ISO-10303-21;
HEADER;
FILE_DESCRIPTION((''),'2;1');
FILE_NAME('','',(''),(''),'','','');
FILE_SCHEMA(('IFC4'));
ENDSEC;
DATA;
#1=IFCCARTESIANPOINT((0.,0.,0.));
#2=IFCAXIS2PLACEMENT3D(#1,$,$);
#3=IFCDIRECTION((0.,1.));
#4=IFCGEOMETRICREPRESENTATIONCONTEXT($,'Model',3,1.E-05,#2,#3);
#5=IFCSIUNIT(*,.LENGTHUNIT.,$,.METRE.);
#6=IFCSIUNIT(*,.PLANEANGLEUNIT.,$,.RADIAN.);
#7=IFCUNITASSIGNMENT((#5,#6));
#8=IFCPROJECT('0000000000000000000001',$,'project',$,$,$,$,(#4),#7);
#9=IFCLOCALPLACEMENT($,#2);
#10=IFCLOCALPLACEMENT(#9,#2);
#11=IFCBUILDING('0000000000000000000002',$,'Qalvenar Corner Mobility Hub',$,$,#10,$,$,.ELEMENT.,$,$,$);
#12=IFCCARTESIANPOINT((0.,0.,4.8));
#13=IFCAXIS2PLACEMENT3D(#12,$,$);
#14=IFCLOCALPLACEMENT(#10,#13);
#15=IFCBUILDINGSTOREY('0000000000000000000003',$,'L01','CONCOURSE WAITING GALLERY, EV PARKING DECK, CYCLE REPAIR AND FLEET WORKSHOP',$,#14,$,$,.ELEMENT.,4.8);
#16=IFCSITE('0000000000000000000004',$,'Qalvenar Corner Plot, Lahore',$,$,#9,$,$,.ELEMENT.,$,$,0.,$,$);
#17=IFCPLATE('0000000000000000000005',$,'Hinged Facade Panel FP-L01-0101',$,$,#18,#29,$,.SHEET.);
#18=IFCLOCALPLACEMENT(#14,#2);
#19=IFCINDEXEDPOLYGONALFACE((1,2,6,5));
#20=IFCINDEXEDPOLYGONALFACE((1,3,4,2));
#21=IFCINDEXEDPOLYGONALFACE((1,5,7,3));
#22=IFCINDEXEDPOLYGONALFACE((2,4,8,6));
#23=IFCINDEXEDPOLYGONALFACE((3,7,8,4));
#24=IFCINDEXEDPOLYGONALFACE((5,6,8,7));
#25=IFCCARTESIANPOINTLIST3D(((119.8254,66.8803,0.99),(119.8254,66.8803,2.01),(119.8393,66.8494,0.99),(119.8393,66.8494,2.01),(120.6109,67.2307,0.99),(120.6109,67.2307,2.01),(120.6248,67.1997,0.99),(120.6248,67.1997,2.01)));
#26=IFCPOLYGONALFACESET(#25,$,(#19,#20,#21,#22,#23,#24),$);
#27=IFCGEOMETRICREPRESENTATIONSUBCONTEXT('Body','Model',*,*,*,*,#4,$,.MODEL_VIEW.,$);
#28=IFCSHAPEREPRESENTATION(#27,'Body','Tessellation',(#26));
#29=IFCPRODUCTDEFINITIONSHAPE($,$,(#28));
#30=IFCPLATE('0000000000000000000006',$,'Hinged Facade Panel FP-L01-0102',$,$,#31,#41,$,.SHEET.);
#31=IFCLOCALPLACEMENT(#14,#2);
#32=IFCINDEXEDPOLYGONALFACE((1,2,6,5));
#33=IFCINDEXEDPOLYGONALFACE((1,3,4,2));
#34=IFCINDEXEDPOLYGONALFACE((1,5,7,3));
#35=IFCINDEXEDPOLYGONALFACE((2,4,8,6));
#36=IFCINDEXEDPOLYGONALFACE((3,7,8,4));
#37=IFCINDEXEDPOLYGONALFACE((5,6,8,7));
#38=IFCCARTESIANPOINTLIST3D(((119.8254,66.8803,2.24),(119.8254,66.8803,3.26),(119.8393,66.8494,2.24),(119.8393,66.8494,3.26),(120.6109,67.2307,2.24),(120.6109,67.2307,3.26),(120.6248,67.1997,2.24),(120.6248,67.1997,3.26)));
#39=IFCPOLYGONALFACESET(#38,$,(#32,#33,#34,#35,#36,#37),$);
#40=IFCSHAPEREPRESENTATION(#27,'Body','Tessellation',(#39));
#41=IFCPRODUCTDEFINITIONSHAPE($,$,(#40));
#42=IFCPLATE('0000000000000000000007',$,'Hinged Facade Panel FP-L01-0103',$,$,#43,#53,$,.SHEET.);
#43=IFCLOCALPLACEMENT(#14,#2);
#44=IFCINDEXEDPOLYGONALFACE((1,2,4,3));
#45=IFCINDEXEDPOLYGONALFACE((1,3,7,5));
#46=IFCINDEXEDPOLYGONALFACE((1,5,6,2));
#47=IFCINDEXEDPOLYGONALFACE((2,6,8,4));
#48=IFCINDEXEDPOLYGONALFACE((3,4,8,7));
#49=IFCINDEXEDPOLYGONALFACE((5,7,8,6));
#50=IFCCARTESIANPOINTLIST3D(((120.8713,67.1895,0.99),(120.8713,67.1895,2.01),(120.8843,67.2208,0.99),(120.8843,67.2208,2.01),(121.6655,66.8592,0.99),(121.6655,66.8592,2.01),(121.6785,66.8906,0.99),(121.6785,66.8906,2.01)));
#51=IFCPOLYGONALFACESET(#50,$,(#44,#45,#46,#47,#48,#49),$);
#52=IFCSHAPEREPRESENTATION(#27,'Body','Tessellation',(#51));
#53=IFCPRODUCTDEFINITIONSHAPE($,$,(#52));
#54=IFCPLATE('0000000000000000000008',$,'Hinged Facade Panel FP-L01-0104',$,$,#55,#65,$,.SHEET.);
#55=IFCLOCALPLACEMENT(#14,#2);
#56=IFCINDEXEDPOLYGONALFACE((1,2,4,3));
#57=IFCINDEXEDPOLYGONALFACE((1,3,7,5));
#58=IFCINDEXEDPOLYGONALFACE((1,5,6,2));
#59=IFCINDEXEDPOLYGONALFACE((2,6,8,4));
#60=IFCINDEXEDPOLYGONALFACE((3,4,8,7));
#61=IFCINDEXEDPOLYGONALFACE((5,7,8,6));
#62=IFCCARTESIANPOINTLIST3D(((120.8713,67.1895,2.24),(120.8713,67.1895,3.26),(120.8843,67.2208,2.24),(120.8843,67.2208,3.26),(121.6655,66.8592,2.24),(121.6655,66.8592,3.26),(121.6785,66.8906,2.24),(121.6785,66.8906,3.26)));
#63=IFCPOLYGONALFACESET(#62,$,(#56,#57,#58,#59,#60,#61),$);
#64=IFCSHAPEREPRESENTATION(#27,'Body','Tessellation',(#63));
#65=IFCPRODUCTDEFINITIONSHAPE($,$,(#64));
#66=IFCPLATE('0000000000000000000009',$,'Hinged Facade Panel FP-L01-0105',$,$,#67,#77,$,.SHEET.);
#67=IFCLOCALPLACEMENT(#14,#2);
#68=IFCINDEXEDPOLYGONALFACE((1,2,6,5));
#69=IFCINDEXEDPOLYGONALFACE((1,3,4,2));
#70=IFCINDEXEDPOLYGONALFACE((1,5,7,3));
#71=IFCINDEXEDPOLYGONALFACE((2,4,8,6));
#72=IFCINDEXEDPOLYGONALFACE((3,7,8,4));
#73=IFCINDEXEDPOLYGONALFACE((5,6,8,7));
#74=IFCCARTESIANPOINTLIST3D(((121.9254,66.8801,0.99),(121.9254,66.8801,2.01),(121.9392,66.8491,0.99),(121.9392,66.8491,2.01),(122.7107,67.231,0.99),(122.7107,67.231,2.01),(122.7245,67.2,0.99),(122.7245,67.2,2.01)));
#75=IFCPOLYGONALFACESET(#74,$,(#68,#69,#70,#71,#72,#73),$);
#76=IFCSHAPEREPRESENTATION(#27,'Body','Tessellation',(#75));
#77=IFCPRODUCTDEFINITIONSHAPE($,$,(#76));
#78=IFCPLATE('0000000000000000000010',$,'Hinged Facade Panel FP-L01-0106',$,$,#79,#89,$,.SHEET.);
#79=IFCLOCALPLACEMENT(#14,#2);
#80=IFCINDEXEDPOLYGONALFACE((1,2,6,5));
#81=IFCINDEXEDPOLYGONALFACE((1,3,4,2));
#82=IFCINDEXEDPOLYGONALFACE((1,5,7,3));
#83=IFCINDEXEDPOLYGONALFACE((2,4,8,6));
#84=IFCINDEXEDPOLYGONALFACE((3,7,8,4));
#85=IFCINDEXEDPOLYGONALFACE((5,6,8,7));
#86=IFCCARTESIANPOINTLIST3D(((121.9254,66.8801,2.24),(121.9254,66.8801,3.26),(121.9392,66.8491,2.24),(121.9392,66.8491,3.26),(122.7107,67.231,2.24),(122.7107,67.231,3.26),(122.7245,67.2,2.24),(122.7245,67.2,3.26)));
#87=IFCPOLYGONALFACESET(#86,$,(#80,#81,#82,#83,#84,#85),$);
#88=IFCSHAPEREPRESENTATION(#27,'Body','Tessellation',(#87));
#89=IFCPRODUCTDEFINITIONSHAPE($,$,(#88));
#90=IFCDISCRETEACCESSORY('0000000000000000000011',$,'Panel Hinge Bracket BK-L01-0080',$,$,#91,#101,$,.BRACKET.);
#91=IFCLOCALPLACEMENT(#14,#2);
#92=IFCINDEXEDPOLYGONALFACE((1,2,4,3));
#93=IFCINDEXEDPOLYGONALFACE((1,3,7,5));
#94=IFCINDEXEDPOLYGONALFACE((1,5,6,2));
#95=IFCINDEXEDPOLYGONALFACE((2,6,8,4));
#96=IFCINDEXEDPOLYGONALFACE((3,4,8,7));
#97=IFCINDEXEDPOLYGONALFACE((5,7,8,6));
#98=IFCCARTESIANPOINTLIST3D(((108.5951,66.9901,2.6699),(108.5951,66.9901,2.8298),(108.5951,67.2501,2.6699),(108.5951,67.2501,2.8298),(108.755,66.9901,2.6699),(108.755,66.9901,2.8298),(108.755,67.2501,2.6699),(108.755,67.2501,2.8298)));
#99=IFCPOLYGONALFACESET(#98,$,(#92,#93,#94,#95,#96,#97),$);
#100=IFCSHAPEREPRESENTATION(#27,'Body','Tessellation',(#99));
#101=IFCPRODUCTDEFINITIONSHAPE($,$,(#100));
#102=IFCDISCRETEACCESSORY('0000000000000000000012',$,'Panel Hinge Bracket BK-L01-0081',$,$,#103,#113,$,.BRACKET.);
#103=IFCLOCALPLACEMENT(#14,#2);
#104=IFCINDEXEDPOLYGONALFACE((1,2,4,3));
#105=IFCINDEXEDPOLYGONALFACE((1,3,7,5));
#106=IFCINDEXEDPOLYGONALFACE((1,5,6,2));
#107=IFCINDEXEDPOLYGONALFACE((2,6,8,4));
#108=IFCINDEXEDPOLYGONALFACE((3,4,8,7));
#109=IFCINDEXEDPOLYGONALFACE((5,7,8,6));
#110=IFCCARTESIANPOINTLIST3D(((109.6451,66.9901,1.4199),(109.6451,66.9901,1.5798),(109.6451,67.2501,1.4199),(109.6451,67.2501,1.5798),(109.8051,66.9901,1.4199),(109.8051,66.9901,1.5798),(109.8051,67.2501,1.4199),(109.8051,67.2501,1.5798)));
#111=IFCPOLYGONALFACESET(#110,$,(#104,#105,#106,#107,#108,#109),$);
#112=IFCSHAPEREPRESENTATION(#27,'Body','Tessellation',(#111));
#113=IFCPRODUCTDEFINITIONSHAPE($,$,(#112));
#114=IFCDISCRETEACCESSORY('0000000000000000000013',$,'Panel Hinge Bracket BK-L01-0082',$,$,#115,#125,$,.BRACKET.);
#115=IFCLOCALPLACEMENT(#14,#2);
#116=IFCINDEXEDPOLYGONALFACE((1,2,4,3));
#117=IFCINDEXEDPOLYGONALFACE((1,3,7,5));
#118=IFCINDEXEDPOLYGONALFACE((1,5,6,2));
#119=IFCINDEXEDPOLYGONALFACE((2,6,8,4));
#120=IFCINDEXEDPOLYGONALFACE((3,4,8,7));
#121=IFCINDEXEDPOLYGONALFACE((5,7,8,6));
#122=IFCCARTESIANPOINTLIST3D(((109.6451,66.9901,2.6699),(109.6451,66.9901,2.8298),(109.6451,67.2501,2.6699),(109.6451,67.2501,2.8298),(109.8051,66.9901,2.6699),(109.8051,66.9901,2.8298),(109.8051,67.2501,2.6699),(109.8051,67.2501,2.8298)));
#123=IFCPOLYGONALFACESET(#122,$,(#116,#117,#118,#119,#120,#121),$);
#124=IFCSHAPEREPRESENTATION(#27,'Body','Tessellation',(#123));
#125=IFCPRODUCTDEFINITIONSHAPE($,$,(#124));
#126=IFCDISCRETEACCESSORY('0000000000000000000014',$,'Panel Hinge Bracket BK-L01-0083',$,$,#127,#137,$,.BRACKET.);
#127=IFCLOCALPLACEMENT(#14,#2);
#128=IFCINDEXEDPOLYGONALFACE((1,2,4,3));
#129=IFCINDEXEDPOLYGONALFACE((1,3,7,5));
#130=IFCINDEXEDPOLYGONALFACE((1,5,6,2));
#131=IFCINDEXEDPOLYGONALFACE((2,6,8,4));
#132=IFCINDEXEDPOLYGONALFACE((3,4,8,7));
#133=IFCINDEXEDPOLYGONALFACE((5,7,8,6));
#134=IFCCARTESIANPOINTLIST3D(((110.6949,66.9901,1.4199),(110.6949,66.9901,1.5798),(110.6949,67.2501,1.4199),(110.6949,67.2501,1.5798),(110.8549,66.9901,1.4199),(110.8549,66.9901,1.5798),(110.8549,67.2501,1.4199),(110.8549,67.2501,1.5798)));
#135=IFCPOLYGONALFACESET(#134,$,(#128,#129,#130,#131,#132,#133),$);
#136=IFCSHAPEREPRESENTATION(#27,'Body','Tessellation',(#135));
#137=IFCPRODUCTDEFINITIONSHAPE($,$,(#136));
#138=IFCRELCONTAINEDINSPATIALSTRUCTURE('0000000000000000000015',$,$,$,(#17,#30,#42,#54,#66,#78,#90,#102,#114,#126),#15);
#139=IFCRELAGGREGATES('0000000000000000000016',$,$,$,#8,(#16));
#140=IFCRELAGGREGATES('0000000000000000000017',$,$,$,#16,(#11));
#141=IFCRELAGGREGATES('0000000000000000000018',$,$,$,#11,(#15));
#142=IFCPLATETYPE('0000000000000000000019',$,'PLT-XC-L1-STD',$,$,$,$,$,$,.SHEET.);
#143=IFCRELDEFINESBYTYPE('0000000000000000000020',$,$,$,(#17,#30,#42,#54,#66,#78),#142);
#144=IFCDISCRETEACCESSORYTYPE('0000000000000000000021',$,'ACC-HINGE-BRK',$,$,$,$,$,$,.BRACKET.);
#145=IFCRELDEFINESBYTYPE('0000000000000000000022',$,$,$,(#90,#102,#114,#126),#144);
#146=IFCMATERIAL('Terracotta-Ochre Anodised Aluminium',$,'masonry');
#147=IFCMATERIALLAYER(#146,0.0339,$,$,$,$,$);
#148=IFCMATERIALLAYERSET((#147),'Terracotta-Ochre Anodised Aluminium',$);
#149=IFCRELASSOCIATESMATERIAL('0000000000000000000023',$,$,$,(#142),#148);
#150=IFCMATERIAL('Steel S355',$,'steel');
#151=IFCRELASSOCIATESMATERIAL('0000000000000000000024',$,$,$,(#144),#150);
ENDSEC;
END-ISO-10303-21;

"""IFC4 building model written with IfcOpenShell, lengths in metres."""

from ifc_helpers import new_model, si_unit, direction, frame, origin, origin_2d, place, context, subcontext, project, spatial, rectangle, extrude, material, layer, layer_set, type_object, element, save


model = new_model("IFC4")

# Units and contexts
model_context = context("Model", 3, precision=1e-05, world=origin(), true_north=direction((0.0, 1.0)))
body_context = subcontext(model_context, "Body", "Model", "MODEL_VIEW")
ifc_project = project(units=[si_unit("LENGTHUNIT", "METRE"), si_unit("PLANEANGLEUNIT", "RADIAN")], contexts=[model_context])

# Site, building, storey
site_placement = place(None, origin())
site = spatial("IfcSite", under=ifc_project, at=site_placement, Name="Qalvenar Corner Plot, Lahore", CompositionType="ELEMENT", RefElevation=0.0)
building_placement = place(site_placement, origin())
building = spatial("IfcBuilding", under=site, at=building_placement, Name="Qalvenar Corner Mobility Hub", CompositionType="ELEMENT")
storey_placement = place(building_placement, frame((0.0, 0.0, 4.8)))
storey = spatial("IfcBuildingStorey", under=building, at=storey_placement, Name="L01", Description="CONCOURSE WAITING GALLERY, EV PARKING DECK, CYCLE REPAIR AND FLEET WORKSHOP", CompositionType="ELEMENT", Elevation=4.8)

# Plates
ifc_material_1 = material(Name="Terracotta-Ochre Anodised Aluminium", Category="masonry")
ifc_layer = layer(ifc_material_1, 0.0339)
ifc_layer_set = layer_set([ifc_layer], Name="Terracotta-Ochre Anodised Aluminium")
plate_type = type_object("IfcPlateType", Name="PLT-XC-L1-STD", PredefinedType="SHEET", material=ifc_layer_set)
for number, where, z_axis, x_axis, name in (
    (1, (120.2251, 67.04, 0.99), (0.0, 0.0, 1.0), (0.913261, 0.407374, 0.0), "Hinged Facade Panel FP-L01-0101"),
    (2, (120.2251, 67.04, 2.24), (0.0, 0.0, 1.0), (0.913261, 0.407374, 0.0), "Hinged Facade Panel FP-L01-0102"),
    (3, (121.2749, 67.04, 0.99), (0.0, 0.0, 1.0), (0.923344, -0.383973, 0.0), "Hinged Facade Panel FP-L01-0103"),
    (4, (121.2749, 67.04, 2.24), (0.0, 0.0, 1.0), (0.923344, -0.383973, 0.0), "Hinged Facade Panel FP-L01-0104"),
    (5, (122.325, 67.04, 0.99), (0.0, 0.0, 1.0), (0.912977, 0.408012, 0.0), "Hinged Facade Panel FP-L01-0105"),
    (6, (122.325, 67.04, 2.24), (0.0, 0.0, 1.0), (0.912977, 0.408012, 0.0), "Hinged Facade Panel FP-L01-0106"),
):
    element("IfcPlate", number, at=place(storey_placement, frame(where, z_axis=z_axis, x_axis=x_axis)), inside=storey, type_object=plate_type, Name=name, PredefinedType="SHEET", context=body_context, shape_type="SweptSolid", body=[
        extrude(rectangle(XDim=0.8601, YDim=0.0339, at=origin_2d()), origin(), (0.0, 0.0, 1.0), 1.02),
    ])

# Discrete accessories
ifc_material_2 = material(Name="Steel S355", Category="steel")
discrete_accessory_type = type_object("IfcDiscreteAccessoryType", Name="ACC-HINGE-BRK", PredefinedType="BRACKET", material=ifc_material_2)
for number, where, z_axis, x_axis, name in (
    (7, (108.675, 67.1201, 2.6699), (0.0, 0.0, 1.0), (1.0, 0.0, 0.0), "Panel Hinge Bracket BK-L01-0080"),
    (8, (109.7251, 67.1201, 1.4199), (0.0, 0.0, 1.0), (1.0, 0.0, 0.0), "Panel Hinge Bracket BK-L01-0081"),
    (9, (109.7251, 67.1201, 2.6699), (0.0, 0.0, 1.0), (1.0, 0.0, 0.0), "Panel Hinge Bracket BK-L01-0082"),
    (10, (110.7749, 67.1201, 1.4199), (0.0, 0.0, 1.0), (1.0, 0.0, 0.0), "Panel Hinge Bracket BK-L01-0083"),
):
    element("IfcDiscreteAccessory", number, at=place(storey_placement, frame(where, z_axis=z_axis, x_axis=x_axis)), inside=storey, type_object=discrete_accessory_type, Name=name, PredefinedType="BRACKET", context=body_context, shape_type="SweptSolid", body=[
        extrude(rectangle(XDim=0.1599, YDim=0.26, at=origin_2d()), origin(), (0.0, 0.0, 1.0), 0.1599),
    ])

save(model, "model.ifc")
